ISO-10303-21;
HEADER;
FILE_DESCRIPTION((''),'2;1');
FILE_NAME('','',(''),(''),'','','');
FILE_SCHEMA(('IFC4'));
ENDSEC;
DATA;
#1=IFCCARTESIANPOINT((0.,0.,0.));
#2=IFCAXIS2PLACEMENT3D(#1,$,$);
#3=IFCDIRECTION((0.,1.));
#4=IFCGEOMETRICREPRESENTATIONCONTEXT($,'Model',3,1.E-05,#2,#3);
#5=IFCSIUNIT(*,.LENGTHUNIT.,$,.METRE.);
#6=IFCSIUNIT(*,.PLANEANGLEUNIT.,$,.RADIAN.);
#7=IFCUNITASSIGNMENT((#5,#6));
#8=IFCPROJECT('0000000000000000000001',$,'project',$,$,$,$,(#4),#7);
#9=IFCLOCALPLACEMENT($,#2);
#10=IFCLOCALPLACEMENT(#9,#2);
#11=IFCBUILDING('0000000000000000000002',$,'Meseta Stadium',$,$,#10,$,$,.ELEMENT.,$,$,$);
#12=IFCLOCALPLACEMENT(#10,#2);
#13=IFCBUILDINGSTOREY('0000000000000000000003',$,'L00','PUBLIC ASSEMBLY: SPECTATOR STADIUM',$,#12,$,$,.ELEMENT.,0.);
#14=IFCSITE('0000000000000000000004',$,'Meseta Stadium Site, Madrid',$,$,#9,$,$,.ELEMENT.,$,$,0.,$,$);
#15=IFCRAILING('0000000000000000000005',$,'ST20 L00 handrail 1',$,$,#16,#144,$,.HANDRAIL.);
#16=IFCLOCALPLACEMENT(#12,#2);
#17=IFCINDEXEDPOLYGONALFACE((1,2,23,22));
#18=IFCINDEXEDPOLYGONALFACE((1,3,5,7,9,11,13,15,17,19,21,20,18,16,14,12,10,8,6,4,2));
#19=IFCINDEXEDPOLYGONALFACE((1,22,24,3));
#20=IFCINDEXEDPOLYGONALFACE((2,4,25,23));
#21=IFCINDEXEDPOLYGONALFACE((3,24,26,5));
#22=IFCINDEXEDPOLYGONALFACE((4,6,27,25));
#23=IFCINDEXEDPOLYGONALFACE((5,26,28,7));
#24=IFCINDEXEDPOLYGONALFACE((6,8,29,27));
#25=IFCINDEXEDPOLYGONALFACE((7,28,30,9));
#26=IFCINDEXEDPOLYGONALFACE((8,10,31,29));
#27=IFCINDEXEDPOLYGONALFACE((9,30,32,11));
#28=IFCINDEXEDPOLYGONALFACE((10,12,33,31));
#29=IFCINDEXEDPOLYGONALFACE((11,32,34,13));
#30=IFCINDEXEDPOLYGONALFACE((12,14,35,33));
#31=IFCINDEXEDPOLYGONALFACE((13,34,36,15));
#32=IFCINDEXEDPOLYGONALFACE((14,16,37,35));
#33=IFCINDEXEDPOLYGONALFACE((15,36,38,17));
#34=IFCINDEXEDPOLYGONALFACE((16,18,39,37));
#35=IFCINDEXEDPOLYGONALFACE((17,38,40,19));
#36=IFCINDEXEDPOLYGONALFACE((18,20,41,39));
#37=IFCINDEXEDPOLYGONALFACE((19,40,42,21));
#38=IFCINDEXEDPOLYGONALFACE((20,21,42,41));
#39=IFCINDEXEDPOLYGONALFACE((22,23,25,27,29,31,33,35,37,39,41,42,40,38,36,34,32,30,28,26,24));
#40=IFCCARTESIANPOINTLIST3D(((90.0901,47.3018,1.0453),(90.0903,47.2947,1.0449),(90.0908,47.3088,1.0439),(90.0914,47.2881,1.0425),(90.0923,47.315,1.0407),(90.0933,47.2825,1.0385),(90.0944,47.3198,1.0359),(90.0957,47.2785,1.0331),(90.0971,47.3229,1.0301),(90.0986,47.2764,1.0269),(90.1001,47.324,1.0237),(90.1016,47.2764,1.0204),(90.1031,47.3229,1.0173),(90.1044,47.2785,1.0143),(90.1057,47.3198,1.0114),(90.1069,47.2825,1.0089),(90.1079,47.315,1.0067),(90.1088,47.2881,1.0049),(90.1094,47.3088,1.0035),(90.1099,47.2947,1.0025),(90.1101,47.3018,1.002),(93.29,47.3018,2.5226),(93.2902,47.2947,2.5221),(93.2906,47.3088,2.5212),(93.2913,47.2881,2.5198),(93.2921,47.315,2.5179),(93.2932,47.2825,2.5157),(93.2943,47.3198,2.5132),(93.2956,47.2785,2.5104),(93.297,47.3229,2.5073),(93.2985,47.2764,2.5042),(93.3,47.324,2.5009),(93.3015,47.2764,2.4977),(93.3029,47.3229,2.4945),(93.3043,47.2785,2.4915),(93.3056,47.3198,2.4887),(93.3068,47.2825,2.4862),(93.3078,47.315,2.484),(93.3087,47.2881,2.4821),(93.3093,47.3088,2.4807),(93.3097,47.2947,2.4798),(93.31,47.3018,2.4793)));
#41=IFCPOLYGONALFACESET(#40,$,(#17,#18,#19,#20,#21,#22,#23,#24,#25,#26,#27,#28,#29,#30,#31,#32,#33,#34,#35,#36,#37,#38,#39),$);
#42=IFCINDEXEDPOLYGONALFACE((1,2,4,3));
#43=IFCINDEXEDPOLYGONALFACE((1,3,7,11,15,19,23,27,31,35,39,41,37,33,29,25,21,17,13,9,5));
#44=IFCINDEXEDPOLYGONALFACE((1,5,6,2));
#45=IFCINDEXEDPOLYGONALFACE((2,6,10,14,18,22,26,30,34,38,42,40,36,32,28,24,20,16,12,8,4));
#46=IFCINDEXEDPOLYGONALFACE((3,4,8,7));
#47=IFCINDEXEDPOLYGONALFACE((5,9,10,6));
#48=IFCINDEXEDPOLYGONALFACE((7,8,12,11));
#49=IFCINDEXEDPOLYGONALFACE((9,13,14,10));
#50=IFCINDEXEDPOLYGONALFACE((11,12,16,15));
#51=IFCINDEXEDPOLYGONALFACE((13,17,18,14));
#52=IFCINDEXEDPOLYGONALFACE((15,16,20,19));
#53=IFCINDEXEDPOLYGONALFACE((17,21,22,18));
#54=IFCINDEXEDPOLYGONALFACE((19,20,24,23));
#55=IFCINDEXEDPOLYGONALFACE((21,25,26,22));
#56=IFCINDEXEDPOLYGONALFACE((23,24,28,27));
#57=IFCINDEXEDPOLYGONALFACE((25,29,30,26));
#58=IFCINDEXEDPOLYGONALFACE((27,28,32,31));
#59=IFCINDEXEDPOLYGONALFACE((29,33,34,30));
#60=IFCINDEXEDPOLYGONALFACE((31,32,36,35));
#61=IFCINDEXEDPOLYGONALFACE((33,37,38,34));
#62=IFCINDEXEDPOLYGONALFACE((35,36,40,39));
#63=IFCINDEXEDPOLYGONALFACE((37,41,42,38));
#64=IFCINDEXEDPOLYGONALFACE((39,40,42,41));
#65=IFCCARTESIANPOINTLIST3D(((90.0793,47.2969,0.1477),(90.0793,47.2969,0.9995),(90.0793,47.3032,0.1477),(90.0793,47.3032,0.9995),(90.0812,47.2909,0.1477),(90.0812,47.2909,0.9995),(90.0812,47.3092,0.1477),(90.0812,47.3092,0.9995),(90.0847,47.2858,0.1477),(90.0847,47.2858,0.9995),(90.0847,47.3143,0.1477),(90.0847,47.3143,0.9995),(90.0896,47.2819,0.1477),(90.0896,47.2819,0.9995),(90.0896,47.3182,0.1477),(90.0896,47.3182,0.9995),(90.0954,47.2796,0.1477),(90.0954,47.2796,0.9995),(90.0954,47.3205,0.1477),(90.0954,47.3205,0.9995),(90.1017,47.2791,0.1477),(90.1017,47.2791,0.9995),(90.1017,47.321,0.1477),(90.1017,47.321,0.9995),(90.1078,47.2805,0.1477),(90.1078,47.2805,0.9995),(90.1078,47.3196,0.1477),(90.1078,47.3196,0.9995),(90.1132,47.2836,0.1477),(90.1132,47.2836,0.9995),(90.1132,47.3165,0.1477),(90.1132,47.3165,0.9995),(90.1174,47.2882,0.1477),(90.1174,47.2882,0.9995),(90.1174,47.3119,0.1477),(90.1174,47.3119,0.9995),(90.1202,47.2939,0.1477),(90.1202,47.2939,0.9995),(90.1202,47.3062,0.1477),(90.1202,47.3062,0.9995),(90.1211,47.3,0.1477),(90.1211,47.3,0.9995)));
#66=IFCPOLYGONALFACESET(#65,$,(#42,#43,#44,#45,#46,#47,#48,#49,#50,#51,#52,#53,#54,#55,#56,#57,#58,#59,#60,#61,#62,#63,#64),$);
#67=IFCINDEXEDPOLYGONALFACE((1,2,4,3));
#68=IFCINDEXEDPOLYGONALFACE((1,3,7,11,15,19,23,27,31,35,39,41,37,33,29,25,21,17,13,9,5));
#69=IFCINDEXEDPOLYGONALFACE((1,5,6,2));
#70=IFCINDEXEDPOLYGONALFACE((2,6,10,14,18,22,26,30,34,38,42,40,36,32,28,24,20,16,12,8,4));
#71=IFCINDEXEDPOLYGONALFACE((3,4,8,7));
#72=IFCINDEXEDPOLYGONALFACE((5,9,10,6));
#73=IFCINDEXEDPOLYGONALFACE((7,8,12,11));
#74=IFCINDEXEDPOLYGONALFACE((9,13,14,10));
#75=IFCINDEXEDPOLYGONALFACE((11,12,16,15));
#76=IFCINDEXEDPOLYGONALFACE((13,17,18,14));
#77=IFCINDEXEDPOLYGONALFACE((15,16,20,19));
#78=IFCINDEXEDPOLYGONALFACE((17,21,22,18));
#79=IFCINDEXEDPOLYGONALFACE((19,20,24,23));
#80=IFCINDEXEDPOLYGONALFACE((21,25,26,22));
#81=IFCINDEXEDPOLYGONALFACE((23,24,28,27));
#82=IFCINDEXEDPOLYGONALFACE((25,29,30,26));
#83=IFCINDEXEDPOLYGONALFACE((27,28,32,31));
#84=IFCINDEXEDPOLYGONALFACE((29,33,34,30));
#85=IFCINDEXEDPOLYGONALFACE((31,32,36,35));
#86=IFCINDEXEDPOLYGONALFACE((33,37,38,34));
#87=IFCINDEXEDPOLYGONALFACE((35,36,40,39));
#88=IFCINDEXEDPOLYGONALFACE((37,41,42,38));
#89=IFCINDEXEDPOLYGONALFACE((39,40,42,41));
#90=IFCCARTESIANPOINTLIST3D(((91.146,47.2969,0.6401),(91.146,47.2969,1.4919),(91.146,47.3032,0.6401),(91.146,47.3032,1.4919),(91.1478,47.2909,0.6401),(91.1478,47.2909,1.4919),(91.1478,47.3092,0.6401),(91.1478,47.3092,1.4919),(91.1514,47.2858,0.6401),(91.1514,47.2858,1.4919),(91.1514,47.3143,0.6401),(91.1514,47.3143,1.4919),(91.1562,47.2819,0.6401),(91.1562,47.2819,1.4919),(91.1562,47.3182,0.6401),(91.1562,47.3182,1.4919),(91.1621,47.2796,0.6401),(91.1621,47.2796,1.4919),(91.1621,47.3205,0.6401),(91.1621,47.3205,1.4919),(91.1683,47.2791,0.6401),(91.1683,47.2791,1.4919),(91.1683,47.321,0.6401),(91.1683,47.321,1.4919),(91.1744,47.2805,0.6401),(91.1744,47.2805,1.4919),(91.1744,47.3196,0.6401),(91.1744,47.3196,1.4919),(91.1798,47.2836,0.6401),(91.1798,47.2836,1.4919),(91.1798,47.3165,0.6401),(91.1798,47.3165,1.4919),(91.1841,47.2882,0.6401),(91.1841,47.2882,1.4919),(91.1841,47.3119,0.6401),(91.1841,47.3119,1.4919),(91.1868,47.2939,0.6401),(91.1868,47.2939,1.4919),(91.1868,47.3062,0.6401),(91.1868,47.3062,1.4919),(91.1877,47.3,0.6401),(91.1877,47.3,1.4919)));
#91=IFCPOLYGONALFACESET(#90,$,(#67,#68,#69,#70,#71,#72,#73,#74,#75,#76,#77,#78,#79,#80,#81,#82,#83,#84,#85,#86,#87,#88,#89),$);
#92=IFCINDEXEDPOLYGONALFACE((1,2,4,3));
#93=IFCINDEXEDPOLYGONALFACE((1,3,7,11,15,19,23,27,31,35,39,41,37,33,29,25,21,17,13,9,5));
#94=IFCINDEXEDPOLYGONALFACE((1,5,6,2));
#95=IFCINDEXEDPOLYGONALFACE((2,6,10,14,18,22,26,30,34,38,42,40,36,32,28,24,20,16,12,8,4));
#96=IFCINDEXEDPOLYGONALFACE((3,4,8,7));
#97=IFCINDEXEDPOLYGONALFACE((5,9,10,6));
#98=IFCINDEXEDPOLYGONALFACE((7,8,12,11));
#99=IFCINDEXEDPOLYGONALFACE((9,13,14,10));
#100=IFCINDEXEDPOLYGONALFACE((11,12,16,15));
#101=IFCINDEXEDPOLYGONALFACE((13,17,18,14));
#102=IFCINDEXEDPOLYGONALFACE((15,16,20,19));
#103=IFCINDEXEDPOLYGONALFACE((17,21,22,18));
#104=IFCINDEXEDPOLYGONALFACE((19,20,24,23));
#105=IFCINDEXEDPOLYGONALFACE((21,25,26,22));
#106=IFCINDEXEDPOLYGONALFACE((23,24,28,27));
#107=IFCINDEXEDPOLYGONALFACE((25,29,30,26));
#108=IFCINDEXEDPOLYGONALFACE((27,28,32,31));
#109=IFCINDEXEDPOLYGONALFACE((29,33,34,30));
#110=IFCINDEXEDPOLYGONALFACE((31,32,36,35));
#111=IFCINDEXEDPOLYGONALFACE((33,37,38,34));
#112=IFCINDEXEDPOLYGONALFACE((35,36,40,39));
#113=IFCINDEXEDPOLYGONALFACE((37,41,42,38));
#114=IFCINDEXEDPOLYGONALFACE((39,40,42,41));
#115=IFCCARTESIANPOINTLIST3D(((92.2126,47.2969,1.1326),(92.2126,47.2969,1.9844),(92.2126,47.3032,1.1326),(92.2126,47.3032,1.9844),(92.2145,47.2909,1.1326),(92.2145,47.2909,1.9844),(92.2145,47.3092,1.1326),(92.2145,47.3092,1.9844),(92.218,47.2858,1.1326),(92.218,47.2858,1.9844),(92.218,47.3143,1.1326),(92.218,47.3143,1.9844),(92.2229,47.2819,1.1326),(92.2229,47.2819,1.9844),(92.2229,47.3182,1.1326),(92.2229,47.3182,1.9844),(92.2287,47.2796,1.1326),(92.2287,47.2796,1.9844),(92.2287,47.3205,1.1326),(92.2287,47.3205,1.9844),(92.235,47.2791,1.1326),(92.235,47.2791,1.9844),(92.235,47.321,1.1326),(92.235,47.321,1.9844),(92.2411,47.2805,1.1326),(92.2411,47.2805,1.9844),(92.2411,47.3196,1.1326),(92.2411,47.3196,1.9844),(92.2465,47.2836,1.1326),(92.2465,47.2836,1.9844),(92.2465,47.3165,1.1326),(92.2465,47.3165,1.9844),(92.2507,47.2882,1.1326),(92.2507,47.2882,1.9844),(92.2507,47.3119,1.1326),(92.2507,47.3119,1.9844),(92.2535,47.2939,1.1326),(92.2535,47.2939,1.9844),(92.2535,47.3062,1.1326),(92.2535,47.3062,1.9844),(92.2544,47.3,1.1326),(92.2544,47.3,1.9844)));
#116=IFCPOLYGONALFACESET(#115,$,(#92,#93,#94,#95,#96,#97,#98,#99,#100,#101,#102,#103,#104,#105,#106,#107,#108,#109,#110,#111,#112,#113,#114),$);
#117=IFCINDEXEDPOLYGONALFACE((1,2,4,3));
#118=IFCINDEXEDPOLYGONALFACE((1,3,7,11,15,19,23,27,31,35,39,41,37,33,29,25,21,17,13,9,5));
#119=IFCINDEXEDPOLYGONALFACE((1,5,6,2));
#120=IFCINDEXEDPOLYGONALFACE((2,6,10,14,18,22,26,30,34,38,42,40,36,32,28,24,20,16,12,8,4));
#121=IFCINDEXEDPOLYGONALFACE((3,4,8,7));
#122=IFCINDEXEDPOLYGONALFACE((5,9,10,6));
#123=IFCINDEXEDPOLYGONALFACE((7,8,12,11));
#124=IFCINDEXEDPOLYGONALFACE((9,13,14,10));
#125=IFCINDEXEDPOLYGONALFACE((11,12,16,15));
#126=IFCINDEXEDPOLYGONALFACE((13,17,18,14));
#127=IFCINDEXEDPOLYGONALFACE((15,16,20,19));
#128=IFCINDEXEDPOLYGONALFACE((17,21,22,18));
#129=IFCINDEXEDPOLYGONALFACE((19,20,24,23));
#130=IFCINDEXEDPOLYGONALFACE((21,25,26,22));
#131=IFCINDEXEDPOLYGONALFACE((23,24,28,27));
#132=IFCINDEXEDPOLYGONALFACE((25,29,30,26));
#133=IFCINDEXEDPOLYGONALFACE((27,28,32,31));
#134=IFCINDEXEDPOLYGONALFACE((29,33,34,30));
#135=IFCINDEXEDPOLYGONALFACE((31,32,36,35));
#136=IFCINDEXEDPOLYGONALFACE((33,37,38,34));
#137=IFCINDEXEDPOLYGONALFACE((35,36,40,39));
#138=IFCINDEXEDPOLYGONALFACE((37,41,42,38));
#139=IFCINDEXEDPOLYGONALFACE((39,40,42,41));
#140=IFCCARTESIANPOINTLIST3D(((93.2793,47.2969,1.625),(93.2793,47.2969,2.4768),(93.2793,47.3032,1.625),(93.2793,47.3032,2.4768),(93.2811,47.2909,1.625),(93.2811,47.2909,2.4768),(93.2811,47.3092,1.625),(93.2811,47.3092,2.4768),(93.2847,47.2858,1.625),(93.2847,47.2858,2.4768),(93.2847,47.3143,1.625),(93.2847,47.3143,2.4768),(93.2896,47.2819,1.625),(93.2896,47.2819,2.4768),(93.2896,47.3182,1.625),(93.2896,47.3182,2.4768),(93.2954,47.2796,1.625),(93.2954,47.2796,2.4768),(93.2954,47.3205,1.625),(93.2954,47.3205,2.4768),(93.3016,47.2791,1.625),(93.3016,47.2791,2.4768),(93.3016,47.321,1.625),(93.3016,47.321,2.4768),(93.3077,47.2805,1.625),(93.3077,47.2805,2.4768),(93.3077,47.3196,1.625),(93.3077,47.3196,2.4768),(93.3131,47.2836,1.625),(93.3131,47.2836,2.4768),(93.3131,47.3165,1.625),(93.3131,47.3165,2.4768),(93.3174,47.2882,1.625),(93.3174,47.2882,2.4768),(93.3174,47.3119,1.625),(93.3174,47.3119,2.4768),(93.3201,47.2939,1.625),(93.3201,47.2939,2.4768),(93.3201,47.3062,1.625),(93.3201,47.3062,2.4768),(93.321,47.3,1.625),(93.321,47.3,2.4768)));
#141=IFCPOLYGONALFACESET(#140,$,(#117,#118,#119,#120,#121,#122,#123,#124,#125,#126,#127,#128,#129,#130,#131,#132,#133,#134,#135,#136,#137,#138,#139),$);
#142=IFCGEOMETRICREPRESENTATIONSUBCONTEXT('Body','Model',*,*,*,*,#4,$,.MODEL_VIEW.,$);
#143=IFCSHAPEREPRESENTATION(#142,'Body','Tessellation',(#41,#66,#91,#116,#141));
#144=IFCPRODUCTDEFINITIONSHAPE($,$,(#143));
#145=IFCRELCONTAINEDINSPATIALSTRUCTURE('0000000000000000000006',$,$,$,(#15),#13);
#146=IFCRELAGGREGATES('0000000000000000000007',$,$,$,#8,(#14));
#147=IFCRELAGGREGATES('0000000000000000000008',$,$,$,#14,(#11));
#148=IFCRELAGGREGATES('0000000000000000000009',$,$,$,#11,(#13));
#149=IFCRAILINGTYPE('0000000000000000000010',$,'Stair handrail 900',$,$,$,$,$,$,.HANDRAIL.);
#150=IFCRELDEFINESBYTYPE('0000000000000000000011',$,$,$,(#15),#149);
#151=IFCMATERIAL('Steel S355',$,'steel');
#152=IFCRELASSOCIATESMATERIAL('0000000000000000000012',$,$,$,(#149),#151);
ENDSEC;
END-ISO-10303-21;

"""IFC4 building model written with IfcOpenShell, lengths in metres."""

from ifc_helpers import new_model, si_unit, direction, frame, origin, origin_2d, place, context, subcontext, project, spatial, circle, extrude, material, type_object, element, save


model = new_model("IFC4")

# Units and contexts
model_context = context("Model", 3, precision=1e-05, world=origin(), true_north=direction((0.0, 1.0)))
body_context = subcontext(model_context, "Body", "Model", "MODEL_VIEW")
ifc_project = project(units=[si_unit("LENGTHUNIT", "METRE"), si_unit("PLANEANGLEUNIT", "RADIAN")], contexts=[model_context])

# Site, building, storey
site_placement = place(None, origin())
site = spatial("IfcSite", under=ifc_project, at=site_placement, Name="Meseta Stadium Site, Madrid", CompositionType="ELEMENT", RefElevation=0.0)
building_placement = place(site_placement, origin())
building = spatial("IfcBuilding", under=site, at=building_placement, Name="Meseta Stadium", CompositionType="ELEMENT")
storey_placement = place(building_placement, origin())
storey = spatial("IfcBuildingStorey", under=building, at=storey_placement, Name="L00", Description="PUBLIC ASSEMBLY: SPECTATOR STADIUM", CompositionType="ELEMENT", Elevation=0.0)

# Railing
ifc_material_1 = material(Name="Steel S355", Category="steel")
railing_type_1 = type_object("IfcRailingType", Name="Stair handrail 900", PredefinedType="HANDRAIL", material=ifc_material_1)
railing_1_placement = place(storey_placement, frame((90.1001, 47.3, 0.1477)))
element("IfcRailing", 1, at=railing_1_placement, inside=storey, type_object=railing_type_1, Name="ST20 L00 handrail 1", PredefinedType="HANDRAIL", context=body_context, shape_type="SweptSolid", body=[
    extrude(circle(Radius=0.0239, at=origin_2d()), frame((0.0, 0.0, 0.876), z_axis=(0.907917, 0.0, 0.41915), x_axis=(0.0, 1.0, 0.0)), (0.0, 0.0, 1.0), 3.5244),
    extrude(circle(Radius=0.021, at=origin_2d()), origin(), (0.0, 0.0, 1.0), 0.8518),
    extrude(circle(Radius=0.021, at=origin_2d()), frame((1.0667, 0.0, 0.4924)), (0.0, 0.0, 1.0), 0.8518),
    extrude(circle(Radius=0.021, at=origin_2d()), frame((2.1333, 0.0, 0.9849)), (0.0, 0.0, 1.0), 0.8518),
    extrude(circle(Radius=0.021, at=origin_2d()), frame((3.2, 0.0, 1.4773)), (0.0, 0.0, 1.0), 0.8518),
])

save(model, "model.ifc")
